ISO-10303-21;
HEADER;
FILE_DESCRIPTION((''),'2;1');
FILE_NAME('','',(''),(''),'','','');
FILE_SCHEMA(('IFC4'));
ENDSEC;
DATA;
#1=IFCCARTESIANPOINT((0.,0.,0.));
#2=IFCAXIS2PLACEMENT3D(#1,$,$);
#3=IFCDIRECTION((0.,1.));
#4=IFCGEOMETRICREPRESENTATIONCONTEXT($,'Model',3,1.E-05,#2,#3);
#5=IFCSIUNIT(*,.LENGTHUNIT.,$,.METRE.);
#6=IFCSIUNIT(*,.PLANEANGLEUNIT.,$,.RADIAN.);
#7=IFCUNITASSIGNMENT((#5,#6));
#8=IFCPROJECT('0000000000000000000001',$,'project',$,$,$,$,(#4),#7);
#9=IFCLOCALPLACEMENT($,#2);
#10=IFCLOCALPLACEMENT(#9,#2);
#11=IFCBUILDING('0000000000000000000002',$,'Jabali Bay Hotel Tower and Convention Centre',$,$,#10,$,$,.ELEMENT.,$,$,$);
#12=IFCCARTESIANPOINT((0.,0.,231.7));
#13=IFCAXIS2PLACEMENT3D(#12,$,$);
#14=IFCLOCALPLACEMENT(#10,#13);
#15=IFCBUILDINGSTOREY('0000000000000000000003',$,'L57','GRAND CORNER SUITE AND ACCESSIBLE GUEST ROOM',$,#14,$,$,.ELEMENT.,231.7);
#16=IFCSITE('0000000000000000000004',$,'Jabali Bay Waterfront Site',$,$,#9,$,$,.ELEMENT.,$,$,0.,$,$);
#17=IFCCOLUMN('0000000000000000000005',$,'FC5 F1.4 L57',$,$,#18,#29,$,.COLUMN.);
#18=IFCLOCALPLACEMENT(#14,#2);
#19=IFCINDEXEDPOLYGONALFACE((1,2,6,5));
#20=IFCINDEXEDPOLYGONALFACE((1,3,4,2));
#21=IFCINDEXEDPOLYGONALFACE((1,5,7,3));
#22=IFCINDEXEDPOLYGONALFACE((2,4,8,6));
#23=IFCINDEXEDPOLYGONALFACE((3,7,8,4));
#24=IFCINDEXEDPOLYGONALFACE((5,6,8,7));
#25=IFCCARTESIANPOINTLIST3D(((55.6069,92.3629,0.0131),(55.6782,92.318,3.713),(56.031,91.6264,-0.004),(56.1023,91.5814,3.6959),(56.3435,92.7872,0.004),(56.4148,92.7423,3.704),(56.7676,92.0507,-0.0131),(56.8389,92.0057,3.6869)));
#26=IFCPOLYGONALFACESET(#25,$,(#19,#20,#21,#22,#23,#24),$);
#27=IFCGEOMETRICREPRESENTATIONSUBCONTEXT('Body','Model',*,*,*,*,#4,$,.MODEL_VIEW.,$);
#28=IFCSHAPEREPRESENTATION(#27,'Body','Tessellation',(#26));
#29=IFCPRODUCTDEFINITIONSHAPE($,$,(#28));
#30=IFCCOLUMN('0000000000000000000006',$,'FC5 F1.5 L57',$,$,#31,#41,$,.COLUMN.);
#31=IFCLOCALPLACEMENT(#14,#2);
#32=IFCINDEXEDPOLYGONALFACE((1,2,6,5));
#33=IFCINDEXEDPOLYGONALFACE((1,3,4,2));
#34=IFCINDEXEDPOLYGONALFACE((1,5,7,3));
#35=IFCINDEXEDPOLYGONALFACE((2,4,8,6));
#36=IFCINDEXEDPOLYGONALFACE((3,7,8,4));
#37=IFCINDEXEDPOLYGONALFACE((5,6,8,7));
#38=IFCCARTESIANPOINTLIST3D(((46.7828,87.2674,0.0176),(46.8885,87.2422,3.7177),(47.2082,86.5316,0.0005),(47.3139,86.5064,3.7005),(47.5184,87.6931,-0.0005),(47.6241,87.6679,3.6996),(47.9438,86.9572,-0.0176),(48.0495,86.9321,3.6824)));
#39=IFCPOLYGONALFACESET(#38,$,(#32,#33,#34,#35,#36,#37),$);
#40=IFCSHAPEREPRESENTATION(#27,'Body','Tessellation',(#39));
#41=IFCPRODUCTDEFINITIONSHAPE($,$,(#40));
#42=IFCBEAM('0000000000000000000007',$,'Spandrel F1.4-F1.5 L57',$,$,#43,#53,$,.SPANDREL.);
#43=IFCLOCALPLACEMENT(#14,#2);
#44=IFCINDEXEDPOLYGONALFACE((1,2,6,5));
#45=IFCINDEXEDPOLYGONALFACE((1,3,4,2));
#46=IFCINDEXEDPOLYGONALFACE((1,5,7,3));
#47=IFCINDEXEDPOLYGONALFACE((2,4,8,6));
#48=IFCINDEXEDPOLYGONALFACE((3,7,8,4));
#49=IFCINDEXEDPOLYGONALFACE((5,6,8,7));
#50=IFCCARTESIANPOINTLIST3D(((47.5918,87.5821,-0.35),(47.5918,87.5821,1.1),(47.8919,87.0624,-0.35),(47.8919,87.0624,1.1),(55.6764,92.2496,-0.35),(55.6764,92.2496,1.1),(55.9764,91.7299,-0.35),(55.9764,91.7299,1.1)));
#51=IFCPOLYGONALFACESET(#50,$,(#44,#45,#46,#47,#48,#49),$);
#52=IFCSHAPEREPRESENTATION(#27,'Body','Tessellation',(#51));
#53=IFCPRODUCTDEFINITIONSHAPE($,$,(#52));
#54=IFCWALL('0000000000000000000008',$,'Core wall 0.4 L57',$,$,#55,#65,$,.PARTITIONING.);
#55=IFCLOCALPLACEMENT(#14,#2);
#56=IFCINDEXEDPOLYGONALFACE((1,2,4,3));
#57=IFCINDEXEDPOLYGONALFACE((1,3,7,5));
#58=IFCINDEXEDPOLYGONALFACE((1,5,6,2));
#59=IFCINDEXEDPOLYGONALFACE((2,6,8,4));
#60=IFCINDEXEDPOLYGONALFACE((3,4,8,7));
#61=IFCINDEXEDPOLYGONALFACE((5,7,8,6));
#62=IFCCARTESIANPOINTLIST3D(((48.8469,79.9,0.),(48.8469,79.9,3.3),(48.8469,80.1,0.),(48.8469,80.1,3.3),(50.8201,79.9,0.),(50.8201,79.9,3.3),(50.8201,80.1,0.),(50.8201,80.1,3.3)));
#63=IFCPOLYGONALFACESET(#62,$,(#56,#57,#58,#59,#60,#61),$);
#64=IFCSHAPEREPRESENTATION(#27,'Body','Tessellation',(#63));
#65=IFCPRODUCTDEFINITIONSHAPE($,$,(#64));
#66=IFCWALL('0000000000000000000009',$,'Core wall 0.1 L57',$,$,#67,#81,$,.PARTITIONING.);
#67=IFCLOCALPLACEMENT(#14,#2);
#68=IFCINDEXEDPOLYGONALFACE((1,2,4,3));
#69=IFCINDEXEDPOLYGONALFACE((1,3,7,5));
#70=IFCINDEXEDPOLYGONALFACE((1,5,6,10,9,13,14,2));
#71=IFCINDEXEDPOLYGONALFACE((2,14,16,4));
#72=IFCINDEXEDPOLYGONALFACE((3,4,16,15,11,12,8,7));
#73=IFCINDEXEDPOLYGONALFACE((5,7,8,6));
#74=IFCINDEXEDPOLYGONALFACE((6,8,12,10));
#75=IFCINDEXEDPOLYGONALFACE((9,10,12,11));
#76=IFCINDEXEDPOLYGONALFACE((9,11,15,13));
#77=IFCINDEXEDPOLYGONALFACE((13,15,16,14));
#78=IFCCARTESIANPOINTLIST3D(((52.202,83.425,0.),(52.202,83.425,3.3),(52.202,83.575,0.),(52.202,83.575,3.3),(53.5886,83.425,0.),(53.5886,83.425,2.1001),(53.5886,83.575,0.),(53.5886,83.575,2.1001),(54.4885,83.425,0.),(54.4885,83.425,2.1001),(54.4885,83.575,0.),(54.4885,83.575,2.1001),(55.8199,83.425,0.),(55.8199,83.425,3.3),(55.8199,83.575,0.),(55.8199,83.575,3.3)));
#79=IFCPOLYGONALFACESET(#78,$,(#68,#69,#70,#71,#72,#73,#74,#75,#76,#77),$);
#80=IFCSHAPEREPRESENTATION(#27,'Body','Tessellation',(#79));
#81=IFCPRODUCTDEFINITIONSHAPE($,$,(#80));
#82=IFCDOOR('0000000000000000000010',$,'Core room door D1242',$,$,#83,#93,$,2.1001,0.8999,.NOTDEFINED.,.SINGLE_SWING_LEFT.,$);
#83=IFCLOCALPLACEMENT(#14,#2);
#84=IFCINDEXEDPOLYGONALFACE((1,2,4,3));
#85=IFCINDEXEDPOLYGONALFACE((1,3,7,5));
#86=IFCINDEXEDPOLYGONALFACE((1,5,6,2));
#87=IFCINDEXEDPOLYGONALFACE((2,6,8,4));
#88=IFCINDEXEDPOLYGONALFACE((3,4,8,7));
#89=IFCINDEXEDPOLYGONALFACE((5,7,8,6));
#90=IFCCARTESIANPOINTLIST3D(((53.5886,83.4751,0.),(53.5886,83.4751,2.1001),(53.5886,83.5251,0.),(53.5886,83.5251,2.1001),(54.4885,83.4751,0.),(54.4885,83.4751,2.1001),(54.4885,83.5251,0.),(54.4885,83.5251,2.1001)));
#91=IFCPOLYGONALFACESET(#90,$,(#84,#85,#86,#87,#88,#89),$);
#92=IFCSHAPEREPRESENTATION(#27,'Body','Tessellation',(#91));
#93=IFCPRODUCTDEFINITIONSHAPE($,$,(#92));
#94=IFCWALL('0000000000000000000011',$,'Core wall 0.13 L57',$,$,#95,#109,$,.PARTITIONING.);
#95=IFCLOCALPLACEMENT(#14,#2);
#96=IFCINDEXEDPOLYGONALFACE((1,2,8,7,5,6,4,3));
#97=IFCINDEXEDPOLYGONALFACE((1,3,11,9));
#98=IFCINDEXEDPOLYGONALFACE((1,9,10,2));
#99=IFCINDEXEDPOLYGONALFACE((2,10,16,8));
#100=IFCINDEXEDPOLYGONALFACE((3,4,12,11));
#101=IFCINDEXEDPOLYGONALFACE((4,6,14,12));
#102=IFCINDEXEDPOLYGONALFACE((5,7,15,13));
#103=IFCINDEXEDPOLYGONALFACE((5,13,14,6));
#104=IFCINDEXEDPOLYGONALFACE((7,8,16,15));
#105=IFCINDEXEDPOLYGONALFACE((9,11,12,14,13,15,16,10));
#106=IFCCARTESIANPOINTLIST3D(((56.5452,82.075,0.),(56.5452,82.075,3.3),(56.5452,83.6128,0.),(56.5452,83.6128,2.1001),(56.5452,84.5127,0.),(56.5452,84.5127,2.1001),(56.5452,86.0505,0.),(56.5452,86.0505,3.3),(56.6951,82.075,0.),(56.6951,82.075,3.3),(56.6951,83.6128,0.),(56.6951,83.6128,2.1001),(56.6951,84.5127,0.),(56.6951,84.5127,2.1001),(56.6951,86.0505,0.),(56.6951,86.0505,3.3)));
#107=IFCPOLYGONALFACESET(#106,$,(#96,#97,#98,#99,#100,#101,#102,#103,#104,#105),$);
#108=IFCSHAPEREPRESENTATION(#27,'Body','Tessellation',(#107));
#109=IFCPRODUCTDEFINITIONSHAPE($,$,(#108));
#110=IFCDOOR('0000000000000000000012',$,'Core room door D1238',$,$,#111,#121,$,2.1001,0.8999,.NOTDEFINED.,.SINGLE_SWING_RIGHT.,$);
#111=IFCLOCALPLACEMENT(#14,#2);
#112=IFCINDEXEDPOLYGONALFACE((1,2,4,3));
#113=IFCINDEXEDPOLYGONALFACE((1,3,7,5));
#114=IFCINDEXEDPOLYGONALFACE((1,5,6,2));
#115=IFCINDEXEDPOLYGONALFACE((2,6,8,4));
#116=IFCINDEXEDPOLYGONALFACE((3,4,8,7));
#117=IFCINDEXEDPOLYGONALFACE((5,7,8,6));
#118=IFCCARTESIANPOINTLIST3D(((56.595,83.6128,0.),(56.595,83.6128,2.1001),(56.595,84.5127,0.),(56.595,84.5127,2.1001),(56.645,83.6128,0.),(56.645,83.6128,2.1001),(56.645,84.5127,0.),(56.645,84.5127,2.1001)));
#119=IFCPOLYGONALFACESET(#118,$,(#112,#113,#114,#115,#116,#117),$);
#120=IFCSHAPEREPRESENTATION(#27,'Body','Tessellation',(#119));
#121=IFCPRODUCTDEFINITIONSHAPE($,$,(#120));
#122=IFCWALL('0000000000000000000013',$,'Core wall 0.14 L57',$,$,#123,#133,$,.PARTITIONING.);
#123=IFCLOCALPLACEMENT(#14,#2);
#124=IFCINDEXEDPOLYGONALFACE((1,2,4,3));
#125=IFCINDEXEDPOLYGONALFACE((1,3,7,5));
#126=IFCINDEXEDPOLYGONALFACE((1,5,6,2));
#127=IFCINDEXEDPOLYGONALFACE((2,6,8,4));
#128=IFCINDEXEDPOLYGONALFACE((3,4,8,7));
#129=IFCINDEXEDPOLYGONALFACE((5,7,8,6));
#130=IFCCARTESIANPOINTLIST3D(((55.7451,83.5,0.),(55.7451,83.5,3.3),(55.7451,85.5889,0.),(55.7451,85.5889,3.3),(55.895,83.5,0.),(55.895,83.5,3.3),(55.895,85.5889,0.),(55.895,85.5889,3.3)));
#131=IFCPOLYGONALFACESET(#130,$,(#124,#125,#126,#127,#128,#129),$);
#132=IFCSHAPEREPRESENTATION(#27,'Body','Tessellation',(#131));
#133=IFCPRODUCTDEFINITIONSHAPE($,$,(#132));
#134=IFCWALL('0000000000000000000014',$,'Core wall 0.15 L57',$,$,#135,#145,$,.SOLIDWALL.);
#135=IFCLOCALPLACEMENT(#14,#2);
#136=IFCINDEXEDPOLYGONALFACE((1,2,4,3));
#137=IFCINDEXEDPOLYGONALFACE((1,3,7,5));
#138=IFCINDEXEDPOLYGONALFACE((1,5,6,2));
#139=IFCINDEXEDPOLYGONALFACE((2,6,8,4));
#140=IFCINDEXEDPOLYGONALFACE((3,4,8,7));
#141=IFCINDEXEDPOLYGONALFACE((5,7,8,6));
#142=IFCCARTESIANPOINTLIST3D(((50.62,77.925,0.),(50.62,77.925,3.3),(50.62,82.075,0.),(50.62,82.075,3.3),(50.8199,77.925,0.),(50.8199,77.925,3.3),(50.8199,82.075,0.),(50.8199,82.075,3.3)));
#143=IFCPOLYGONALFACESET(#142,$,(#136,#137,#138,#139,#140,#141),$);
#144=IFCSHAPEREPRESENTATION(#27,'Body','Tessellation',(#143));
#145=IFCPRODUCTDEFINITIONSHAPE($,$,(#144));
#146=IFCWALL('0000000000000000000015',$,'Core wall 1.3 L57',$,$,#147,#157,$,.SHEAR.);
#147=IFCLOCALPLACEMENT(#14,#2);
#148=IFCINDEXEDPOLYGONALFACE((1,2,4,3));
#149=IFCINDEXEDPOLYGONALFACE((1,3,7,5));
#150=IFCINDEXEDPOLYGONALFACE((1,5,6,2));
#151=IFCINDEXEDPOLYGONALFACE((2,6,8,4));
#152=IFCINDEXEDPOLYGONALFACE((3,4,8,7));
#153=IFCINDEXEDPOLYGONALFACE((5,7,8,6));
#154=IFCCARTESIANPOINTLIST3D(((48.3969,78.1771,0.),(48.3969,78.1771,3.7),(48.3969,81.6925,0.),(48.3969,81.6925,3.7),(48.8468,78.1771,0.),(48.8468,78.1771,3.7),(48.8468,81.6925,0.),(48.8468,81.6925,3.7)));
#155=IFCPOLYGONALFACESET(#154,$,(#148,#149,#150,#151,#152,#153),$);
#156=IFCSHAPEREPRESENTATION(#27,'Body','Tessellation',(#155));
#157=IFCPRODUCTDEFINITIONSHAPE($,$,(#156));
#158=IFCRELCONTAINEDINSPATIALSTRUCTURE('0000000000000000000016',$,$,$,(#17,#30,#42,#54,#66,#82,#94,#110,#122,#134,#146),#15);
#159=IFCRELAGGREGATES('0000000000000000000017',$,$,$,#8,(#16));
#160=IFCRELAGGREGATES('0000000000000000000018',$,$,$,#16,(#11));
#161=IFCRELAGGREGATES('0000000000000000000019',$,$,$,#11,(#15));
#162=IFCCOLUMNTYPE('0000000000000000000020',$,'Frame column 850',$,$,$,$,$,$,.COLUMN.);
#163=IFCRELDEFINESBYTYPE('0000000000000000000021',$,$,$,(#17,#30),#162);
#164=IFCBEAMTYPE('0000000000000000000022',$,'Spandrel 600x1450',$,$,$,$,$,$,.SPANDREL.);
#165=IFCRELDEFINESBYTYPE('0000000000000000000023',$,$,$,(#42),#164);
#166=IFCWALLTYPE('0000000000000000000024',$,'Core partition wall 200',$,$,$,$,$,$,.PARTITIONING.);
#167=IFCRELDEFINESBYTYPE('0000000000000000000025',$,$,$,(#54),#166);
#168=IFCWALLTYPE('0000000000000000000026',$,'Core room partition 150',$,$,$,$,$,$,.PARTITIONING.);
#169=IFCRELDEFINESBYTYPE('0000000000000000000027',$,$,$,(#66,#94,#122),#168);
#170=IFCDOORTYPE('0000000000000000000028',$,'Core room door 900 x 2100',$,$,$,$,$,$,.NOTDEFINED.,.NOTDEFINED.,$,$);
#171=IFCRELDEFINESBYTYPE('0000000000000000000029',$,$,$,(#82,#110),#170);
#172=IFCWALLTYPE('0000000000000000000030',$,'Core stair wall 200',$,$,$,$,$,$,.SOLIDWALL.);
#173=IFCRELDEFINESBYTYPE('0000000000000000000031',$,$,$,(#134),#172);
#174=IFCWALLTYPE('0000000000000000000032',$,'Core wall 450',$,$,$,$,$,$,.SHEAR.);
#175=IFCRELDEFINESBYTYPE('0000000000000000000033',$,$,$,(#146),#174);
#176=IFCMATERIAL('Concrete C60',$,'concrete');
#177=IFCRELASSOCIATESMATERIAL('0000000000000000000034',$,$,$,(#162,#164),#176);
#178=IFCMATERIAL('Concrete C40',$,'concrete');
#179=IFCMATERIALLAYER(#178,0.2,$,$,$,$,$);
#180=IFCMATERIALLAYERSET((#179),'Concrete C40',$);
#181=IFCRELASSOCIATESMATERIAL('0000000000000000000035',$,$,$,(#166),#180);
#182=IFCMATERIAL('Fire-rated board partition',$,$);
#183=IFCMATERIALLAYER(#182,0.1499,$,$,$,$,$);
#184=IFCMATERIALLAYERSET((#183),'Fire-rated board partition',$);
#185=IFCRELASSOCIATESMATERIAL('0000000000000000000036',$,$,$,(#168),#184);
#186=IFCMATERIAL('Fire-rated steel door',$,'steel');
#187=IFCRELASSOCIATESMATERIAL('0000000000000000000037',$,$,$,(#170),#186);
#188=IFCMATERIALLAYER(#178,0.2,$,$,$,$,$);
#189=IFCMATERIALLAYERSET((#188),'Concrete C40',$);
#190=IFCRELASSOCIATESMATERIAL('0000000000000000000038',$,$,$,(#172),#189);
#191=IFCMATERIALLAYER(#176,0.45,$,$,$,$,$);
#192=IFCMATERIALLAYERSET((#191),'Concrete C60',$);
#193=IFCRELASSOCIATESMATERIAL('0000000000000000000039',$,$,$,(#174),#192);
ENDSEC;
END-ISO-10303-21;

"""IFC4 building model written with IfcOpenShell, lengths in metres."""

from ifc_helpers import new_model, si_unit, direction, frame, frame_2d, origin, origin_2d, place, context, subcontext, project, spatial, rectangle, extrude, material, layer, layer_set, material_profile, profile_set, type_object, element, fill, save


model = new_model("IFC4")

# Units and contexts
model_context = context("Model", 3, precision=1e-05, world=origin(), true_north=direction((0.0, 1.0)))
body_context = subcontext(model_context, "Body", "Model", "MODEL_VIEW")
ifc_project = project(units=[si_unit("LENGTHUNIT", "METRE"), si_unit("PLANEANGLEUNIT", "RADIAN")], contexts=[model_context])

# Site, building, storey
site_placement = place(None, origin())
site = spatial("IfcSite", under=ifc_project, at=site_placement, Name="Jabali Bay Waterfront Site", CompositionType="ELEMENT", RefElevation=0.0)
building_placement = place(site_placement, origin())
building = spatial("IfcBuilding", under=site, at=building_placement, Name="Jabali Bay Hotel Tower and Convention Centre", CompositionType="ELEMENT")
storey_placement = place(building_placement, frame((0.0, 0.0, 231.7)))
storey = spatial("IfcBuildingStorey", under=building, at=storey_placement, Name="L57", Description="GRAND CORNER SUITE AND ACCESSIBLE GUEST ROOM", CompositionType="ELEMENT", Elevation=231.7)

# Columns
ifc_material_1 = material(Name="Concrete C60", Category="concrete")
ifc_material_profile_1 = material_profile(ifc_material_1, rectangle(XDim=0.8501, YDim=0.8501, at=origin_2d()), Name="Frame column 850")
ifc_profile_set_1 = profile_set([ifc_material_profile_1], Name="Concrete C60")
column_type = type_object("IfcColumnType", Name="Frame column 850", PredefinedType="COLUMN", material=ifc_profile_set_1)
column_1_placement = place(storey_placement, frame((56.1873, 92.2068, 0.0), z_axis=(0.019263, -0.012138, 0.999741), x_axis=(-0.498875, 0.86644, 0.020132)))
element("IfcColumn", 1, at=column_1_placement, inside=storey, type_object=column_type, Name="FC5 F1.4 L57", PredefinedType="COLUMN", context=body_context, shape_type="SweptSolid", body=[
    extrude(rectangle(XDim=0.8501, YDim=0.8501, at=origin_2d()), origin(), (0.0, 0.0, 1.0), 3.7009),
])
column_2_placement = place(storey_placement, frame((47.3633, 87.1123, 0.0), z_axis=(0.028559, -0.006794, 0.999569), x_axis=(-0.500398, 0.86556, 0.02018)))
element("IfcColumn", 2, at=column_2_placement, inside=storey, type_object=column_type, Name="FC5 F1.5 L57", PredefinedType="COLUMN", context=body_context, shape_type="SweptSolid", body=[
    extrude(rectangle(XDim=0.8501, YDim=0.8501, at=origin_2d()), origin(), (0.0, 0.0, 1.0), 3.7017),
])

# Beam
ifc_material_profile_2 = material_profile(ifc_material_1, rectangle(XDim=0.6001, YDim=1.45, at=origin_2d()), Name="Spandrel 600x1450")
ifc_profile_set_2 = profile_set([ifc_material_profile_2], Name="Concrete C60")
beam_type = type_object("IfcBeamType", Name="Spandrel 600x1450", PredefinedType="SPANDREL", material=ifc_profile_set_2)
beam_placement = place(storey_placement, frame((55.8264, 91.9897, 0.375), z_axis=(-0.86603, -0.499993, 0.0), x_axis=(0.499993, -0.86603, 0.0)))
element("IfcBeam", 3, at=beam_placement, inside=storey, type_object=beam_type, Name="Spandrel F1.4-F1.5 L57", PredefinedType="SPANDREL", context=body_context, shape_type="SweptSolid", body=[
    extrude(rectangle(XDim=0.6001, YDim=1.45, at=origin_2d()), origin(), (0.0, 0.0, 1.0), 9.3352),
])

# Wall
ifc_material_2 = material(Name="Concrete C40", Category="concrete")
ifc_layer_1 = layer(ifc_material_2, 0.2)
ifc_layer_set_1 = layer_set([ifc_layer_1], Name="Concrete C40")
wall_type_1 = type_object("IfcWallType", Name="Core partition wall 200", PredefinedType="PARTITIONING", material=ifc_layer_set_1)
wall_1_placement = place(storey_placement, frame((50.8201, 80.0, 0.0), z_axis=(0.0, 0.0, 1.0), x_axis=(-1.0, 0.0, 0.0)))
element("IfcWall", 4, at=wall_1_placement, inside=storey, type_object=wall_type_1, Name="Core wall 0.4 L57", PredefinedType="PARTITIONING", context=body_context, shape_type="SweptSolid", body=[
    extrude(rectangle(XDim=1.9731, YDim=0.2, at=frame_2d((0.9866, 0.0))), origin(), (0.0, 0.0, 1.0), 3.3),
])

# Walls, openings, doors
ifc_material_3 = material(Name="Fire-rated board partition")
ifc_layer_2 = layer(ifc_material_3, 0.1499)
ifc_layer_set_2 = layer_set([ifc_layer_2], Name="Fire-rated board partition")
wall_type_2 = type_object("IfcWallType", Name="Core room partition 150", PredefinedType="PARTITIONING", material=ifc_layer_set_2)
wall_2_placement = place(storey_placement, frame((55.8201, 83.5, 0.0), z_axis=(0.0, 0.0, 1.0), x_axis=(-1.0, 0.0, 0.0)))
wall_2 = element("IfcWall", 5, at=wall_2_placement, inside=storey, type_object=wall_type_2, Name="Core wall 0.1 L57", PredefinedType="PARTITIONING", context=body_context, shape_type="SweptSolid", body=[
    extrude(rectangle(XDim=3.6179, YDim=0.1499, at=frame_2d((1.8091, 0.0))), origin(), (0.0, 0.0, 1.0), 3.3),
])
opening_1_placement = place(wall_2_placement, frame((1.3315, 0.0, 0.0)))
opening_1 = element("IfcOpeningElement", 6, at=opening_1_placement, cuts=wall_2, PredefinedType="OPENING", context=body_context, shape_type="SweptSolid", body=[
    extrude(rectangle(XDim=0.8999, YDim=2.1001, at=frame_2d((0.45, 1.05))), frame((0.0, 0.0854, 0.0), z_axis=(0.0, -1.0, 0.0), x_axis=(1.0, 0.0, 0.0)), (0.0, 0.0, 1.0), 0.1709),
])
ifc_material_4 = material(Name="Fire-rated steel door", Category="steel")
door_type = type_object("IfcDoorType", Name="Core room door 900 x 2100", OperationType="NOTDEFINED", PredefinedType="NOTDEFINED", material=ifc_material_4)
door_1_placement = place(opening_1_placement, origin())
door_1 = element("IfcDoor", 7, at=door_1_placement, inside=storey, type_object=door_type, Name="Core room door D1242", OperationType="SINGLE_SWING_LEFT", OverallHeight=2.1001, OverallWidth=0.8999, PredefinedType="NOTDEFINED", context=body_context, shape_type="SweptSolid", body=[
    extrude(rectangle(XDim=0.8999, YDim=2.1001, at=frame_2d((0.45, 1.05))), frame((0.0, 0.0249, 0.0), z_axis=(0.0, -1.0, 0.0), x_axis=(1.0, 0.0, 0.0)), (0.0, 0.0, 1.0), 0.05),
])
fill(opening_1, door_1)
wall_3_placement = place(storey_placement, frame((56.6201, 86.0505, 0.0), z_axis=(0.0, 0.0, 1.0), x_axis=(0.0, -1.0, 0.0)))
wall_3 = element("IfcWall", 8, at=wall_3_placement, inside=storey, type_object=wall_type_2, Name="Core wall 0.13 L57", PredefinedType="PARTITIONING", context=body_context, shape_type="SweptSolid", body=[
    extrude(rectangle(XDim=3.9756, YDim=0.1499, at=frame_2d((1.9878, 0.0))), origin(), (0.0, 0.0, 1.0), 3.3),
])
opening_2_placement = place(wall_3_placement, frame((1.5378, 0.0, 0.0)))
opening_2 = element("IfcOpeningElement", 9, at=opening_2_placement, cuts=wall_3, PredefinedType="OPENING", context=body_context, shape_type="SweptSolid", body=[
    extrude(rectangle(XDim=0.8999, YDim=2.1001, at=frame_2d((0.45, 1.05))), frame((0.0, 0.0854, 0.0), z_axis=(0.0, -1.0, 0.0), x_axis=(1.0, 0.0, 0.0)), (0.0, 0.0, 1.0), 0.1709),
])
door_2_placement = place(opening_2_placement, origin())
door_2 = element("IfcDoor", 10, at=door_2_placement, inside=storey, type_object=door_type, Name="Core room door D1238", OperationType="SINGLE_SWING_RIGHT", OverallHeight=2.1001, OverallWidth=0.8999, PredefinedType="NOTDEFINED", context=body_context, shape_type="SweptSolid", body=[
    extrude(rectangle(XDim=0.8999, YDim=2.1001, at=frame_2d((0.45, 1.05))), frame((0.0, 0.0249, 0.0), z_axis=(0.0, -1.0, 0.0), x_axis=(1.0, 0.0, 0.0)), (0.0, 0.0, 1.0), 0.05),
])
fill(opening_2, door_2)

# Walls
wall_4_placement = place(storey_placement, frame((55.8201, 85.5889, 0.0), z_axis=(0.0, 0.0, 1.0), x_axis=(0.0, -1.0, 0.0)))
element("IfcWall", 11, at=wall_4_placement, inside=storey, type_object=wall_type_2, Name="Core wall 0.14 L57", PredefinedType="PARTITIONING", context=body_context, shape_type="SweptSolid", body=[
    extrude(rectangle(XDim=2.0889, YDim=0.1499, at=frame_2d((1.0444, 0.0))), origin(), (0.0, 0.0, 1.0), 3.3),
])
ifc_layer_3 = layer(ifc_material_2, 0.2)
ifc_layer_set_3 = layer_set([ifc_layer_3], Name="Concrete C40")
wall_type_3 = type_object("IfcWallType", Name="Core stair wall 200", PredefinedType="SOLIDWALL", material=ifc_layer_set_3)
wall_5_placement = place(storey_placement, frame((50.72, 82.075, 0.0), z_axis=(0.0, 0.0, 1.0), x_axis=(0.0, -1.0, 0.0)))
element("IfcWall", 12, at=wall_5_placement, inside=storey, type_object=wall_type_3, Name="Core wall 0.15 L57", PredefinedType="SOLIDWALL", context=body_context, shape_type="SweptSolid", body=[
    extrude(rectangle(XDim=4.1499, YDim=0.2, at=frame_2d((2.075, 0.0))), origin(), (0.0, 0.0, 1.0), 3.3),
])
ifc_layer_4 = layer(ifc_material_1, 0.45)
ifc_layer_set_4 = layer_set([ifc_layer_4], Name="Concrete C60")
wall_type_4 = type_object("IfcWallType", Name="Core wall 450", PredefinedType="SHEAR", material=ifc_layer_set_4)
wall_6_placement = place(storey_placement, frame((48.6218, 81.6926, 0.0), z_axis=(0.0, 0.0, 1.0), x_axis=(0.0, -1.0, 0.0)))
element("IfcWall", 13, at=wall_6_placement, inside=storey, type_object=wall_type_4, Name="Core wall 1.3 L57", PredefinedType="SHEAR", context=body_context, shape_type="SweptSolid", body=[
    extrude(rectangle(XDim=3.5154, YDim=0.45, at=frame_2d((1.7578, 0.0))), origin(), (0.0, 0.0, 1.0), 3.7),
])

save(model, "model.ifc")
